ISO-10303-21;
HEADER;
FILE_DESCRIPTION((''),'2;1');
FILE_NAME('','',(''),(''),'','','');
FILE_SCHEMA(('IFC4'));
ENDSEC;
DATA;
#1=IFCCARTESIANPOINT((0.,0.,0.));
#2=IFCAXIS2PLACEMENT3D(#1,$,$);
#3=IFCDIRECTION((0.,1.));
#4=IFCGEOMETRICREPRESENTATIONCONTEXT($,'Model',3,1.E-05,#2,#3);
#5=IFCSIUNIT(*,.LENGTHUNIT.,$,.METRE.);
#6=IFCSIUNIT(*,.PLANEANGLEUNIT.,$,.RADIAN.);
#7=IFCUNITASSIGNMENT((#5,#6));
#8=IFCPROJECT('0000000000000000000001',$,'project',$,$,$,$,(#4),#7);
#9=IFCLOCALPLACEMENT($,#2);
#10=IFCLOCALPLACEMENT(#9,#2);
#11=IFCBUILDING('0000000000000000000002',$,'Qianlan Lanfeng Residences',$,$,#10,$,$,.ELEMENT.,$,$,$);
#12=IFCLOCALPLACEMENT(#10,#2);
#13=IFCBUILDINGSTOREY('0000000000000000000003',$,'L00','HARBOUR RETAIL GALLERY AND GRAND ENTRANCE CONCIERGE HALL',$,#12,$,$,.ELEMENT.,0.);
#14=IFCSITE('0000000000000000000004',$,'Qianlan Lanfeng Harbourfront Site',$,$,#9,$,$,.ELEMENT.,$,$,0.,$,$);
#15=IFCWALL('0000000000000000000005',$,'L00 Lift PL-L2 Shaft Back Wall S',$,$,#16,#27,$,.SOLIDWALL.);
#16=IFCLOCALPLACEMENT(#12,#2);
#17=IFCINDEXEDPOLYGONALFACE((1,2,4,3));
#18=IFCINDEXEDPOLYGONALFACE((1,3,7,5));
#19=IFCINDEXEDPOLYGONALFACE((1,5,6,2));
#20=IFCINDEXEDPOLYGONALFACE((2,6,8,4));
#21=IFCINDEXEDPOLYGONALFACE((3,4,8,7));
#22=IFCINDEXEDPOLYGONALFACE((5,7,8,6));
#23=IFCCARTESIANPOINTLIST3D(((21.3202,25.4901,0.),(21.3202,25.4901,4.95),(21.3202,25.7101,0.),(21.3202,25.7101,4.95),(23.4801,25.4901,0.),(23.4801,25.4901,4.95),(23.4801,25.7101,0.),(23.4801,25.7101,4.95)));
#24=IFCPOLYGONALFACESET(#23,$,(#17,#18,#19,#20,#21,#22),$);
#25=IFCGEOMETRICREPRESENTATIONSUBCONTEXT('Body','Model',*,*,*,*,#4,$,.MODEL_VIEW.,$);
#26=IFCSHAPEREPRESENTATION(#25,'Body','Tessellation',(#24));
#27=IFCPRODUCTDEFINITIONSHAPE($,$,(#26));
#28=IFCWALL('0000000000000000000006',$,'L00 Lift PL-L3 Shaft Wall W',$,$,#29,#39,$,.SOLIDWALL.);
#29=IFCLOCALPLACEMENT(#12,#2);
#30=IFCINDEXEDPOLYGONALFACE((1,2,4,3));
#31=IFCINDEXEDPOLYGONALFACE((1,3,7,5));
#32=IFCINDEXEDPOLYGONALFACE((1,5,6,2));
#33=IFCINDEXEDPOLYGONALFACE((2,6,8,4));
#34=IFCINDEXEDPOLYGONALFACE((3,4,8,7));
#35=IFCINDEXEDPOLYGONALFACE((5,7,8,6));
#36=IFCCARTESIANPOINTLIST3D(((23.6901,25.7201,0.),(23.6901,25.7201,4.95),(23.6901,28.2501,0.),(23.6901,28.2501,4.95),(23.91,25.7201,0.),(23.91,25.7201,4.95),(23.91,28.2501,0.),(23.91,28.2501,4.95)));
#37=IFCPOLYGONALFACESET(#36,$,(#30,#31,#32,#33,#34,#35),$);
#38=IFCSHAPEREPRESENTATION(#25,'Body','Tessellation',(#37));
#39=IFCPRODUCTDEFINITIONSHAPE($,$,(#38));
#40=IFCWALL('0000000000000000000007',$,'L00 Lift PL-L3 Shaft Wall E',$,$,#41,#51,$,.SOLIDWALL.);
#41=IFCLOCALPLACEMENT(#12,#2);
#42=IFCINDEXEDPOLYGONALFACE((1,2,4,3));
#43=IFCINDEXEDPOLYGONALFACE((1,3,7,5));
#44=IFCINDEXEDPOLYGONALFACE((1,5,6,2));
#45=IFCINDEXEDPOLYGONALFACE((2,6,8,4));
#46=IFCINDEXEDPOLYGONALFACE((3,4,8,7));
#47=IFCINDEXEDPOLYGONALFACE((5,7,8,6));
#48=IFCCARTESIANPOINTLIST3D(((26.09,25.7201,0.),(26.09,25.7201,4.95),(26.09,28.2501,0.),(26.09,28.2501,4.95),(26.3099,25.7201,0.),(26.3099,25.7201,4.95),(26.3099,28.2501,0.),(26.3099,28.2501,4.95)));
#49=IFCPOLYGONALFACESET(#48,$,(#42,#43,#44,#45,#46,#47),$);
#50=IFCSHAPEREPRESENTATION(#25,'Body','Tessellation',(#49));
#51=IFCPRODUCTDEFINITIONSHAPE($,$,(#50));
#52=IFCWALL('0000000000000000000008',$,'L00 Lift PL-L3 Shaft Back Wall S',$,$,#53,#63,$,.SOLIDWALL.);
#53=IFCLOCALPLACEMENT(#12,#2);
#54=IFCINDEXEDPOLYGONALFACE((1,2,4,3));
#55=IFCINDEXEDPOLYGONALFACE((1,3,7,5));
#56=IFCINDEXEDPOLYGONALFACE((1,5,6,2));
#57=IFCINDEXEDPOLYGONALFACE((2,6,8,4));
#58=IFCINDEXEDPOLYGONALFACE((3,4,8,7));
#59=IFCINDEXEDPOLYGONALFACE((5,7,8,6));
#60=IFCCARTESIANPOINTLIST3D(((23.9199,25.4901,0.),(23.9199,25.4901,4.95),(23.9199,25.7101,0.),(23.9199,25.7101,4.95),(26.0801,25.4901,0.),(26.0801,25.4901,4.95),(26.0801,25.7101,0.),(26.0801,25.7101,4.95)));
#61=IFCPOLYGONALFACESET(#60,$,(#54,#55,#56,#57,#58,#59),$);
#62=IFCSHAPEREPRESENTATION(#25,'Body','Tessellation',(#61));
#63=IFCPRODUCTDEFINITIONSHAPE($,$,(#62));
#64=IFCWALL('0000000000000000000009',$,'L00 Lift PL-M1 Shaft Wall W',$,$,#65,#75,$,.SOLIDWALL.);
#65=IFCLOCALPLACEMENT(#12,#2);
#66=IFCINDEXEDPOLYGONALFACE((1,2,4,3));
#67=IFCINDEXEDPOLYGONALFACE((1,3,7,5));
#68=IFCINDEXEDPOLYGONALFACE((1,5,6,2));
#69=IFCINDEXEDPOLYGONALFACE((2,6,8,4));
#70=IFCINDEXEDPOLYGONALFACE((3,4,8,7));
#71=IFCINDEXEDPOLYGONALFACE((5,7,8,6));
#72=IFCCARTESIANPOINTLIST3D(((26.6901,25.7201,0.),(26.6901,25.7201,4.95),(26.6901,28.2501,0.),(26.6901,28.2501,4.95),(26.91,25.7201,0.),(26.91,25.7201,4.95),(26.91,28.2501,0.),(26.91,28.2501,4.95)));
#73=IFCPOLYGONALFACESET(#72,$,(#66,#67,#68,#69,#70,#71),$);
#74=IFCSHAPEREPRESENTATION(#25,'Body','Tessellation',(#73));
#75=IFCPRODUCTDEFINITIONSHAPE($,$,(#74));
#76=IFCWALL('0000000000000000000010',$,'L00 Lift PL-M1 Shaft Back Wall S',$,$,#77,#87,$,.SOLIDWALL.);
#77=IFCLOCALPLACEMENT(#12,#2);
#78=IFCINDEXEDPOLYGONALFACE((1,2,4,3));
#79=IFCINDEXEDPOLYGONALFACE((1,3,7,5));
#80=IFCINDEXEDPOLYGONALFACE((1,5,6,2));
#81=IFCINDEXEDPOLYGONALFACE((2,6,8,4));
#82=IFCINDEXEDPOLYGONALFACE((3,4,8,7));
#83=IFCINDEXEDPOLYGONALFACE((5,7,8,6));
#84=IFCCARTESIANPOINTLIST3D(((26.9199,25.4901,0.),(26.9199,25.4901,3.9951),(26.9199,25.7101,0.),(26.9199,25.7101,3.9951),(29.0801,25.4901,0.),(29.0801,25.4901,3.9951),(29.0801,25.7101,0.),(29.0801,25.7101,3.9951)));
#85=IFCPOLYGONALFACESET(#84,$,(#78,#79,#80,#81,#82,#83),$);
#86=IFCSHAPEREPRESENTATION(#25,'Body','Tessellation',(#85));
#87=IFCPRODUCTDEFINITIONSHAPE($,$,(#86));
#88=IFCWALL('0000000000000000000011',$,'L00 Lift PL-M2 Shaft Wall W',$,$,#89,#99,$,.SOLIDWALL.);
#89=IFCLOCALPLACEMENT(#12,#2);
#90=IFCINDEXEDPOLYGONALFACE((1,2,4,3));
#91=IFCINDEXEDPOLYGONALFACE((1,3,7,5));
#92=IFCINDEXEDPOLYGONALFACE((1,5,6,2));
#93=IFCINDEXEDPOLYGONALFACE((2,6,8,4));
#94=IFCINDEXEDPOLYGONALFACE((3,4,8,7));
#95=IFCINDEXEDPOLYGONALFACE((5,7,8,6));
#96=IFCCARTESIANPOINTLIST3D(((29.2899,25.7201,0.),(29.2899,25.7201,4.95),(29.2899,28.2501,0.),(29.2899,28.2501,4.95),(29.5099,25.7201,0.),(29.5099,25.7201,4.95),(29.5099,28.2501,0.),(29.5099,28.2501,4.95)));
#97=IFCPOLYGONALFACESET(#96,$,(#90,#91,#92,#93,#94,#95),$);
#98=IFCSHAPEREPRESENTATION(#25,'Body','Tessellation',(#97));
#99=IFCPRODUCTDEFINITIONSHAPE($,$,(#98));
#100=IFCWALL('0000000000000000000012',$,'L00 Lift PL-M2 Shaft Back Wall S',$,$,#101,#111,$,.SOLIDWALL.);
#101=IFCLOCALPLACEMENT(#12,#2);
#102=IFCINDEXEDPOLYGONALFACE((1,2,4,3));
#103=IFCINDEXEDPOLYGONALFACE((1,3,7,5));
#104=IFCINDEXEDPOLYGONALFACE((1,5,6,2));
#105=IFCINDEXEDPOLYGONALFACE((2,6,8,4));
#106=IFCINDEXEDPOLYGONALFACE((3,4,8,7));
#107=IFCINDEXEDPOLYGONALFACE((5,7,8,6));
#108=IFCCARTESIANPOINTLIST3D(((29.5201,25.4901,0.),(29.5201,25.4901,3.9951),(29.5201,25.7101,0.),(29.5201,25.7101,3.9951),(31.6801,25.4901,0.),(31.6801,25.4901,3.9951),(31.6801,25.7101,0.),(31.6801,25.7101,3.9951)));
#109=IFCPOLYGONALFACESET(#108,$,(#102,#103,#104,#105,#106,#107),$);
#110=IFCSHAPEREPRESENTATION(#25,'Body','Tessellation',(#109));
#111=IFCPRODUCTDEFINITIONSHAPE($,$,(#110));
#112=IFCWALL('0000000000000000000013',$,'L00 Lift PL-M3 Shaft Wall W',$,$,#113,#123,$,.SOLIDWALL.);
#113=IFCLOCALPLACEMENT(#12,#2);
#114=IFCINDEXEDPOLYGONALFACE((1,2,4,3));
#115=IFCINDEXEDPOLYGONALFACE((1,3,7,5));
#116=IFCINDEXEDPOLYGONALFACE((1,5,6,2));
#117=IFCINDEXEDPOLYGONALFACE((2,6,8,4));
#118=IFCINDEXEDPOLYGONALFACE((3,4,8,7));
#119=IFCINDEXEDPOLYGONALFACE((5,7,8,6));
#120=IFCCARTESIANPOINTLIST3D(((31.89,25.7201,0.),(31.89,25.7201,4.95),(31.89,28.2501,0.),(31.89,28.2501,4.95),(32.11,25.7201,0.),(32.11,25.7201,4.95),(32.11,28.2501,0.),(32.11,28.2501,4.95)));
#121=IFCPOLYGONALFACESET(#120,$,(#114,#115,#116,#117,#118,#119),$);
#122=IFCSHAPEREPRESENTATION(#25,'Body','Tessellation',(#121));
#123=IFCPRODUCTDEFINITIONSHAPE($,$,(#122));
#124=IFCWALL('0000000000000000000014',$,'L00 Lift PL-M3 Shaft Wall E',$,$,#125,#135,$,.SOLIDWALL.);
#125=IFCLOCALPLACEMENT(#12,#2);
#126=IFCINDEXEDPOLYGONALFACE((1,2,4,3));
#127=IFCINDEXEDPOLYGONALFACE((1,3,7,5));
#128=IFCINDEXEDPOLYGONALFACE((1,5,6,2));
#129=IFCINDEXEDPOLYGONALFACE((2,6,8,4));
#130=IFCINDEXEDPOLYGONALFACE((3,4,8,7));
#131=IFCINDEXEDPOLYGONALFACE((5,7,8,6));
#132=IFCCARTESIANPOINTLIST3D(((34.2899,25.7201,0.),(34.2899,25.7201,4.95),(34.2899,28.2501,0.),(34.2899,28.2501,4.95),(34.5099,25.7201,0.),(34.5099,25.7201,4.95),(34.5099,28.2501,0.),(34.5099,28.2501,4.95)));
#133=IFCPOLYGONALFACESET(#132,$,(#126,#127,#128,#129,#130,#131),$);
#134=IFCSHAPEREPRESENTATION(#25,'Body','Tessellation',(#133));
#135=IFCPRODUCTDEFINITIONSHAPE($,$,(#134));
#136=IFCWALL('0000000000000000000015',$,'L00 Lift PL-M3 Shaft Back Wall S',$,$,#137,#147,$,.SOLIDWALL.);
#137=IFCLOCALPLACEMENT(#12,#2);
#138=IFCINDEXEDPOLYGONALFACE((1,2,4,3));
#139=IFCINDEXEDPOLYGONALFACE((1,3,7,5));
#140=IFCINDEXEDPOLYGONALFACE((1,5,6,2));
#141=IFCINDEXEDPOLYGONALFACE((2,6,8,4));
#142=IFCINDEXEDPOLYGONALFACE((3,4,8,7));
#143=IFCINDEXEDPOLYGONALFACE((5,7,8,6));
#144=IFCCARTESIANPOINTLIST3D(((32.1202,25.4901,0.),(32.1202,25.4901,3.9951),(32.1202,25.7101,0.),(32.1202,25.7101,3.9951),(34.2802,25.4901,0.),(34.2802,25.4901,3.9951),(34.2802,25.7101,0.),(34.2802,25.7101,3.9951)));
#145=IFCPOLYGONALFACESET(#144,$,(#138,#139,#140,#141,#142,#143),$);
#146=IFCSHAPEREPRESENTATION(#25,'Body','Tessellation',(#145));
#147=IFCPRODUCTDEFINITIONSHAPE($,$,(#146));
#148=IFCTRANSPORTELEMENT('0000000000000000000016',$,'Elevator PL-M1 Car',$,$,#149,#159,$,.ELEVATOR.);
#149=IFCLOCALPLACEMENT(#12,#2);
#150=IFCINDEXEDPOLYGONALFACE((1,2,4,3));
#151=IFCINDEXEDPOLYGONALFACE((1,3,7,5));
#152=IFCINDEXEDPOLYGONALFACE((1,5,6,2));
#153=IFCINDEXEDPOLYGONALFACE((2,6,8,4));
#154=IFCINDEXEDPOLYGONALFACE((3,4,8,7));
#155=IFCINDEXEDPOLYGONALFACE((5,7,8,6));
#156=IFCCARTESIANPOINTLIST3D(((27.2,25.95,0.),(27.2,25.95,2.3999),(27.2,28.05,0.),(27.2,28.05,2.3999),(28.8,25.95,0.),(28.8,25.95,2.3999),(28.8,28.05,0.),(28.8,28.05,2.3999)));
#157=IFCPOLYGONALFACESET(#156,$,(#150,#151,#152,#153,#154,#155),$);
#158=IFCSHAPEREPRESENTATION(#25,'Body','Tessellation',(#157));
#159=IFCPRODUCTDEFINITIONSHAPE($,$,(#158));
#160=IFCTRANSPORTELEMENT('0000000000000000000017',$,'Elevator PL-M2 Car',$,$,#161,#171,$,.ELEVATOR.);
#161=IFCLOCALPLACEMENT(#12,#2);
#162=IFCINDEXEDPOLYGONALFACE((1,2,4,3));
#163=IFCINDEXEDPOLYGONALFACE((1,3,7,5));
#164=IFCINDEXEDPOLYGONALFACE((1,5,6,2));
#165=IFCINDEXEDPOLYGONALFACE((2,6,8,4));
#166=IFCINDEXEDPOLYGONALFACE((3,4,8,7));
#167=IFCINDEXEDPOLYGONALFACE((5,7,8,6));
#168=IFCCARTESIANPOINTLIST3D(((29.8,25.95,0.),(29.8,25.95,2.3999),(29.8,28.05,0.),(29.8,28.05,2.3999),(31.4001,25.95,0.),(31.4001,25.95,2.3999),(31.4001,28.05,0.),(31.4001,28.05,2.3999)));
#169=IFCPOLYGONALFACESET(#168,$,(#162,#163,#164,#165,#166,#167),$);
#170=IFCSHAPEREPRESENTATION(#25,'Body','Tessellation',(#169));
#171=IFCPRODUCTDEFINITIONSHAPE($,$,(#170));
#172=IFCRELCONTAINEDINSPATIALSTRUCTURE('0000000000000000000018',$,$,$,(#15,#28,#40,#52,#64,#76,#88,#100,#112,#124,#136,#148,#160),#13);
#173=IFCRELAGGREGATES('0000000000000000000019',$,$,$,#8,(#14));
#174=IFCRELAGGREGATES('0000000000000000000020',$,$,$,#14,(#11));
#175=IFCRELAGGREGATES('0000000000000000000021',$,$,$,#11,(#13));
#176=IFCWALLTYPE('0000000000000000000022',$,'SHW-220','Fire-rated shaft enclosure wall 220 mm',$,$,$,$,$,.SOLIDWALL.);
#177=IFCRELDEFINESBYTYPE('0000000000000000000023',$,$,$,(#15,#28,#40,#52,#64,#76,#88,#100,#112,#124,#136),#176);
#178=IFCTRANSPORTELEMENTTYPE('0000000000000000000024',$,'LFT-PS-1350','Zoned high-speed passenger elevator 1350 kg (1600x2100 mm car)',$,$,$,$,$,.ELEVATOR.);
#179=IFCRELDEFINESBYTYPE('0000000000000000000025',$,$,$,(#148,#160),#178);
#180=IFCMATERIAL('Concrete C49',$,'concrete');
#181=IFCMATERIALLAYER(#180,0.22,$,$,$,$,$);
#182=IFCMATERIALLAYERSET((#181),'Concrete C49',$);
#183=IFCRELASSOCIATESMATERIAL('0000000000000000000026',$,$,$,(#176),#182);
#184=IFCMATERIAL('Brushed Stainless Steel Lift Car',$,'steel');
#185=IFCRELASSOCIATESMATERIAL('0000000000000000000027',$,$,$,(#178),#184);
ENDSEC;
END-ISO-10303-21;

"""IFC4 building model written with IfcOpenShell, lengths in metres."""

from ifc_helpers import new_model, si_unit, direction, frame, frame_2d, origin, origin_2d, place, context, subcontext, project, spatial, rectangle, extrude, source, transform, mapped, material, layer, layer_set, type_object, element, save


model = new_model("IFC4")

# Units and contexts
model_context = context("Model", 3, precision=1e-05, world=origin(), true_north=direction((0.0, 1.0)))
body_context = subcontext(model_context, "Body", "Model", "MODEL_VIEW")
ifc_project = project(units=[si_unit("LENGTHUNIT", "METRE"), si_unit("PLANEANGLEUNIT", "RADIAN")], contexts=[model_context])

# Site, building, storey
site_placement = place(None, origin())
site = spatial("IfcSite", under=ifc_project, at=site_placement, Name="Qianlan Lanfeng Harbourfront Site", CompositionType="ELEMENT", RefElevation=0.0)
building_placement = place(site_placement, origin())
building = spatial("IfcBuilding", under=site, at=building_placement, Name="Qianlan Lanfeng Residences", CompositionType="ELEMENT")
storey_placement = place(building_placement, origin())
storey = spatial("IfcBuildingStorey", under=building, at=storey_placement, Name="L00", Description="HARBOUR RETAIL GALLERY AND GRAND ENTRANCE CONCIERGE HALL", CompositionType="ELEMENT", Elevation=0.0)

# Walls
ifc_material_1 = material(Name="Concrete C49", Category="concrete")
ifc_layer_1 = layer(ifc_material_1, 0.22)
ifc_layer_set_1 = layer_set([ifc_layer_1], Name="Concrete C49")
wall_type_1 = type_object("IfcWallType", Name="SHW-220", Description="Fire-rated shaft enclosure wall 220 mm", PredefinedType="SOLIDWALL", material=ifc_layer_set_1)
wall_1_placement = place(storey_placement, frame((21.3201, 25.6001, 0.0), z_axis=(0.0, 0.0, 1.0), x_axis=(1.0, 0.0, 0.0)))
element("IfcWall", 1, at=wall_1_placement, inside=storey, type_object=wall_type_1, Name="L00 Lift PL-L2 Shaft Back Wall S", PredefinedType="SOLIDWALL", context=body_context, shape_type="SweptSolid", body=[
    extrude(rectangle(XDim=2.1599, YDim=0.22, at=frame_2d((1.0801, 0.0))), origin(), (0.0, 0.0, 1.0), 4.95),
])
for number, where, z_axis, x_axis, name in (
    (2, (23.8, 25.72, 0.0), (0.0, 0.0, 1.0), (0.0, 1.0, 0.0), "L00 Lift PL-L3 Shaft Wall W"),
    (3, (26.2, 25.72, 0.0), (0.0, 0.0, 1.0), (0.0, 1.0, 0.0), "L00 Lift PL-L3 Shaft Wall E"),
):
    element("IfcWall", number, at=place(storey_placement, frame(where, z_axis=z_axis, x_axis=x_axis)), inside=storey, type_object=wall_type_1, Name=name, PredefinedType="SOLIDWALL", context=body_context, shape_type="SweptSolid", body=[
        extrude(rectangle(XDim=2.53, YDim=0.22, at=frame_2d((1.2651, 0.0))), origin(), (0.0, 0.0, 1.0), 4.95),
    ])
wall_2_placement = place(storey_placement, frame((23.9199, 25.6001, 0.0), z_axis=(0.0, 0.0, 1.0), x_axis=(1.0, 0.0, 0.0)))
element("IfcWall", 4, at=wall_2_placement, inside=storey, type_object=wall_type_1, Name="L00 Lift PL-L3 Shaft Back Wall S", PredefinedType="SOLIDWALL", context=body_context, shape_type="SweptSolid", body=[
    extrude(rectangle(XDim=2.1602, YDim=0.22, at=frame_2d((1.0801, 0.0))), origin(), (0.0, 0.0, 1.0), 4.95),
])
wall_3_placement = place(storey_placement, frame((26.8, 25.72, 0.0), z_axis=(0.0, 0.0, 1.0), x_axis=(0.0, 1.0, 0.0)))
element("IfcWall", 5, at=wall_3_placement, inside=storey, type_object=wall_type_1, Name="L00 Lift PL-M1 Shaft Wall W", PredefinedType="SOLIDWALL", context=body_context, shape_type="SweptSolid", body=[
    extrude(rectangle(XDim=2.53, YDim=0.22, at=frame_2d((1.2651, 0.0))), origin(), (0.0, 0.0, 1.0), 4.95),
])
wall_4_placement = place(storey_placement, frame((26.9199, 25.6001, 0.0), z_axis=(0.0, 0.0, 1.0), x_axis=(1.0, 0.0, 0.0)))
element("IfcWall", 6, at=wall_4_placement, inside=storey, type_object=wall_type_1, Name="L00 Lift PL-M1 Shaft Back Wall S", PredefinedType="SOLIDWALL", context=body_context, shape_type="SweptSolid", body=[
    extrude(rectangle(XDim=2.1602, YDim=0.22, at=frame_2d((1.0801, 0.0))), origin(), (0.0, 0.0, 1.0), 3.9951),
])
wall_5_placement = place(storey_placement, frame((29.3999, 25.72, 0.0), z_axis=(0.0, 0.0, 1.0), x_axis=(0.0, 1.0, 0.0)))
element("IfcWall", 7, at=wall_5_placement, inside=storey, type_object=wall_type_1, Name="L00 Lift PL-M2 Shaft Wall W", PredefinedType="SOLIDWALL", context=body_context, shape_type="SweptSolid", body=[
    extrude(rectangle(XDim=2.53, YDim=0.22, at=frame_2d((1.2651, 0.0))), origin(), (0.0, 0.0, 1.0), 4.95),
])
wall_6_placement = place(storey_placement, frame((29.52, 25.6001, 0.0), z_axis=(0.0, 0.0, 1.0), x_axis=(1.0, 0.0, 0.0)))
element("IfcWall", 8, at=wall_6_placement, inside=storey, type_object=wall_type_1, Name="L00 Lift PL-M2 Shaft Back Wall S", PredefinedType="SOLIDWALL", context=body_context, shape_type="SweptSolid", body=[
    extrude(rectangle(XDim=2.1599, YDim=0.22, at=frame_2d((1.0801, 0.0))), origin(), (0.0, 0.0, 1.0), 3.9951),
])
for number, where, z_axis, x_axis, name in (
    (9, (32.0, 25.72, 0.0), (0.0, 0.0, 1.0), (0.0, 1.0, 0.0), "L00 Lift PL-M3 Shaft Wall W"),
    (10, (34.3999, 25.72, 0.0), (0.0, 0.0, 1.0), (0.0, 1.0, 0.0), "L00 Lift PL-M3 Shaft Wall E"),
):
    element("IfcWall", number, at=place(storey_placement, frame(where, z_axis=z_axis, x_axis=x_axis)), inside=storey, type_object=wall_type_1, Name=name, PredefinedType="SOLIDWALL", context=body_context, shape_type="SweptSolid", body=[
        extrude(rectangle(XDim=2.53, YDim=0.22, at=frame_2d((1.2651, 0.0))), origin(), (0.0, 0.0, 1.0), 4.95),
    ])
wall_7_placement = place(storey_placement, frame((32.1201, 25.6001, 0.0), z_axis=(0.0, 0.0, 1.0), x_axis=(1.0, 0.0, 0.0)))
element("IfcWall", 11, at=wall_7_placement, inside=storey, type_object=wall_type_1, Name="L00 Lift PL-M3 Shaft Back Wall S", PredefinedType="SOLIDWALL", context=body_context, shape_type="SweptSolid", body=[
    extrude(rectangle(XDim=2.1599, YDim=0.22, at=frame_2d((1.0801, 0.0))), origin(), (0.0, 0.0, 1.0), 3.9951),
])

# Transport elements
ifc_material_2 = material(Name="Brushed Stainless Steel Lift Car", Category="steel")
transport_element_type = type_object("IfcTransportElementType", Name="LFT-PS-1350", Description="Zoned high-speed passenger elevator 1350 kg (1600x2100 mm car)", PredefinedType="ELEVATOR", material=ifc_material_2)
shared_shape = source(origin(), body_context, "Body", "SweptSolid", [
    extrude(rectangle(XDim=1.6001, YDim=2.1001, at=origin_2d()), origin(), (0.0, 0.0, 1.0), 2.3999),
])
for number, where, z_axis, x_axis, name in (
    (12, (28.0, 27.0, 0.0), (0.0, 0.0, 1.0), (1.0, 0.0, 0.0), "Elevator PL-M1 Car"),
    (13, (30.6001, 27.0, 0.0), (0.0, 0.0, 1.0), (1.0, 0.0, 0.0), "Elevator PL-M2 Car"),
):
    element("IfcTransportElement", number, at=place(storey_placement, frame(where, z_axis=z_axis, x_axis=x_axis)), inside=storey, type_object=transport_element_type, Name=name, PredefinedType="ELEVATOR", context=body_context, shape_type="MappedRepresentation", body=[
        mapped(shared_shape, transform((0.0, 0.0, 0.0), scale=1.0)),
    ])

save(model, "model.ifc")
